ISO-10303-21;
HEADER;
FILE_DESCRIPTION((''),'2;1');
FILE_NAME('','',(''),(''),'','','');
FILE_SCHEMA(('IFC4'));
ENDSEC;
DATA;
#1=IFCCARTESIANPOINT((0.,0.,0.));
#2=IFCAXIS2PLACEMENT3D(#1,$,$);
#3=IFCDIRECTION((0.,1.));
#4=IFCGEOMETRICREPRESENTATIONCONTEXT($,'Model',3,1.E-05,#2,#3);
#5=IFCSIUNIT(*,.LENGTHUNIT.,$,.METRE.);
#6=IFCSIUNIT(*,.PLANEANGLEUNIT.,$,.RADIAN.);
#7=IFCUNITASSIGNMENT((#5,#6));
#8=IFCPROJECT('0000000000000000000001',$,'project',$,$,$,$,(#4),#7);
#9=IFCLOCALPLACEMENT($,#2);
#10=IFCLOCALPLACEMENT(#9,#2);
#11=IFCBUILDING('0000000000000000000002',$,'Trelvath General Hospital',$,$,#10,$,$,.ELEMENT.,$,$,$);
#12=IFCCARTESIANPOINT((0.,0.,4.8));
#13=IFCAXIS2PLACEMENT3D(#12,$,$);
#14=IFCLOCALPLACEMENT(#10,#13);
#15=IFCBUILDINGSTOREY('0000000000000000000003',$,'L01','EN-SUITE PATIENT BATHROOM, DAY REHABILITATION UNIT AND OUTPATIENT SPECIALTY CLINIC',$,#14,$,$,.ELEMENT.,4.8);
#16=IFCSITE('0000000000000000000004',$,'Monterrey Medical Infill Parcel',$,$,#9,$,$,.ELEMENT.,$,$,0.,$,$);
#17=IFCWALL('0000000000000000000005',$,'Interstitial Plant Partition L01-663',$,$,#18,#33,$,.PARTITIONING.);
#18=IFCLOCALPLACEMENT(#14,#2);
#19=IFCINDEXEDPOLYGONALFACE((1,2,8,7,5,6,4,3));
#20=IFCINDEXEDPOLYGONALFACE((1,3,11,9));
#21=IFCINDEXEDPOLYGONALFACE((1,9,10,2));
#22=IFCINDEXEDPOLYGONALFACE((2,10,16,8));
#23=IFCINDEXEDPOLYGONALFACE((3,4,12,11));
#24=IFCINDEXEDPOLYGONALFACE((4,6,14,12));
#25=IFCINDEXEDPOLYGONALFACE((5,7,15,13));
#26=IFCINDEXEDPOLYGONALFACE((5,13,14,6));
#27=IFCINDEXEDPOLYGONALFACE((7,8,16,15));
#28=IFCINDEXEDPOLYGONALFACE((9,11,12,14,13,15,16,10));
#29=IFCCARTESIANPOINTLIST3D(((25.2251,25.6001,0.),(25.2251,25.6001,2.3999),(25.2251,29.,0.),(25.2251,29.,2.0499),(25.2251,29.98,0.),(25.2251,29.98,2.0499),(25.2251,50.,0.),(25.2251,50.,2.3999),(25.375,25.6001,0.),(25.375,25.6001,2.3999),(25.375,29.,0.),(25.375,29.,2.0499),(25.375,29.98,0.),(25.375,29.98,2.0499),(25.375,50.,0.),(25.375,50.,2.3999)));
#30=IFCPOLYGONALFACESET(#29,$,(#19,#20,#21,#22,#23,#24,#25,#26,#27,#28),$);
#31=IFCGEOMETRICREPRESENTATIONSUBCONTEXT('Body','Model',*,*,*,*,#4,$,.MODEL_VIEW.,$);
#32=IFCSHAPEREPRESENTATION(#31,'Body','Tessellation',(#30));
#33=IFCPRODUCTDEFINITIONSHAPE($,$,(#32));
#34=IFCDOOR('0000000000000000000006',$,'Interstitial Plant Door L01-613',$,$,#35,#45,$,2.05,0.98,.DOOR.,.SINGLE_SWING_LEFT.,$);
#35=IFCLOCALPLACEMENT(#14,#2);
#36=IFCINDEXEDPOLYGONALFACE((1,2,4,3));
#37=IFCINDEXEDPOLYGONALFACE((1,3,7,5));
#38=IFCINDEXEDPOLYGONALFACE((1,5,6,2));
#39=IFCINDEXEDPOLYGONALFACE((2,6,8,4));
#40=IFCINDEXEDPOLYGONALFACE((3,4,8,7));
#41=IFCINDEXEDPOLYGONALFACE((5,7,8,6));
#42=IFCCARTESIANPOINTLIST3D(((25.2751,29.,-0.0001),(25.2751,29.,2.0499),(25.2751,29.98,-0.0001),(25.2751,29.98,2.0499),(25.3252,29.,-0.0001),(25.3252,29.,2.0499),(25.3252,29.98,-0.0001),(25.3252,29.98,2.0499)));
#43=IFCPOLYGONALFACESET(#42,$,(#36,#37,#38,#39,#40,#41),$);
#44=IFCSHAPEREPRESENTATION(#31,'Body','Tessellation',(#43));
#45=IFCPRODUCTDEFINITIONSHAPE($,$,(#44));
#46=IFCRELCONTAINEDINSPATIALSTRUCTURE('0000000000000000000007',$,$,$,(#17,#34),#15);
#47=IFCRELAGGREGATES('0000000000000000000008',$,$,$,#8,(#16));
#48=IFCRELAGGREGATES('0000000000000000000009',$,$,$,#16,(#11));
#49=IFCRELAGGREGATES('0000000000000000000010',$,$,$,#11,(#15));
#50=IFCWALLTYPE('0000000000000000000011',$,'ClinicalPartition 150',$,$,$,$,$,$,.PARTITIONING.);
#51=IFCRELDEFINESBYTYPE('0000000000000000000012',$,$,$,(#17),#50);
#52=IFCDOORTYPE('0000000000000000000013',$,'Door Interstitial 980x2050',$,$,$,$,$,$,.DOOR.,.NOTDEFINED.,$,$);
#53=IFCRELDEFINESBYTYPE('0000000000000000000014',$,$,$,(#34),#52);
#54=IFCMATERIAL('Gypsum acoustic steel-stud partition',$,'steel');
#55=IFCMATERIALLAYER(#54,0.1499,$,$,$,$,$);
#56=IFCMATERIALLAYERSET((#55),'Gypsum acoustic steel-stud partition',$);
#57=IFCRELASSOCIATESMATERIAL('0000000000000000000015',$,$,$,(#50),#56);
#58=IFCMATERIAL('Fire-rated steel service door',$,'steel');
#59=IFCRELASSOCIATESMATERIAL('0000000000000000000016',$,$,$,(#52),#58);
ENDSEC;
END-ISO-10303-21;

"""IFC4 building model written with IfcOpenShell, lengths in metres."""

from ifc_helpers import new_model, si_unit, direction, frame, frame_2d, origin, place, context, subcontext, project, spatial, rectangle, extrude, material, layer, layer_set, type_object, element, fill, save


model = new_model("IFC4")

# Units and contexts
model_context = context("Model", 3, precision=1e-05, world=origin(), true_north=direction((0.0, 1.0)))
body_context = subcontext(model_context, "Body", "Model", "MODEL_VIEW")
ifc_project = project(units=[si_unit("LENGTHUNIT", "METRE"), si_unit("PLANEANGLEUNIT", "RADIAN")], contexts=[model_context])

# Site, building, storey
site_placement = place(None, origin())
site = spatial("IfcSite", under=ifc_project, at=site_placement, Name="Monterrey Medical Infill Parcel", CompositionType="ELEMENT", RefElevation=0.0)
building_placement = place(site_placement, origin())
building = spatial("IfcBuilding", under=site, at=building_placement, Name="Trelvath General Hospital", CompositionType="ELEMENT")
storey_placement = place(building_placement, frame((0.0, 0.0, 4.8)))
storey = spatial("IfcBuildingStorey", under=building, at=storey_placement, Name="L01", Description="EN-SUITE PATIENT BATHROOM, DAY REHABILITATION UNIT AND OUTPATIENT SPECIALTY CLINIC", CompositionType="ELEMENT", Elevation=4.8)

# Wall, opening, door
ifc_material_1 = material(Name="Gypsum acoustic steel-stud partition", Category="steel")
ifc_layer = layer(ifc_material_1, 0.1499)
ifc_layer_set = layer_set([ifc_layer], Name="Gypsum acoustic steel-stud partition")
wall_type = type_object("IfcWallType", Name="ClinicalPartition 150", PredefinedType="PARTITIONING", material=ifc_layer_set)
wall_placement = place(storey_placement, frame((25.3, 25.6001, 0.0), z_axis=(0.0, 0.0, 1.0), x_axis=(0.0, 1.0, 0.0)))
wall = element("IfcWall", 1, at=wall_placement, inside=storey, type_object=wall_type, Name="Interstitial Plant Partition L01-663", PredefinedType="PARTITIONING", context=body_context, shape_type="SweptSolid", body=[
    extrude(rectangle(XDim=24.3999, YDim=0.1499, at=frame_2d((12.2, 0.0))), origin(), (0.0, 0.0, 1.0), 2.3999),
])
opening_placement = place(wall_placement, frame((3.3999, 0.0, 0.0)))
opening = element("IfcOpeningElement", 2, at=opening_placement, cuts=wall, PredefinedType="OPENING", context=body_context, shape_type="SweptSolid", body=[
    extrude(rectangle(XDim=0.98, YDim=2.05, at=frame_2d((0.49, 1.0249))), frame((0.0, 0.085, 0.0), z_axis=(0.0, -1.0, 0.0), x_axis=(1.0, 0.0, 0.0)), (0.0, 0.0, 1.0), 0.1699),
])
ifc_material_2 = material(Name="Fire-rated steel service door", Category="steel")
door_type = type_object("IfcDoorType", Name="Door Interstitial 980x2050", OperationType="NOTDEFINED", PredefinedType="DOOR", material=ifc_material_2)
door_placement = place(opening_placement, origin())
door = element("IfcDoor", 3, at=door_placement, inside=storey, type_object=door_type, Name="Interstitial Plant Door L01-613", OperationType="SINGLE_SWING_LEFT", OverallHeight=2.05, OverallWidth=0.98, PredefinedType="DOOR", context=body_context, shape_type="SweptSolid", body=[
    extrude(rectangle(XDim=0.98, YDim=2.05, at=frame_2d((0.49, 1.0249))), frame((0.0, 0.0249, 0.0), z_axis=(0.0, -1.0, 0.0), x_axis=(1.0, 0.0, 0.0)), (0.0, 0.0, 1.0), 0.05),
])
fill(opening, door)

save(model, "model.ifc")
